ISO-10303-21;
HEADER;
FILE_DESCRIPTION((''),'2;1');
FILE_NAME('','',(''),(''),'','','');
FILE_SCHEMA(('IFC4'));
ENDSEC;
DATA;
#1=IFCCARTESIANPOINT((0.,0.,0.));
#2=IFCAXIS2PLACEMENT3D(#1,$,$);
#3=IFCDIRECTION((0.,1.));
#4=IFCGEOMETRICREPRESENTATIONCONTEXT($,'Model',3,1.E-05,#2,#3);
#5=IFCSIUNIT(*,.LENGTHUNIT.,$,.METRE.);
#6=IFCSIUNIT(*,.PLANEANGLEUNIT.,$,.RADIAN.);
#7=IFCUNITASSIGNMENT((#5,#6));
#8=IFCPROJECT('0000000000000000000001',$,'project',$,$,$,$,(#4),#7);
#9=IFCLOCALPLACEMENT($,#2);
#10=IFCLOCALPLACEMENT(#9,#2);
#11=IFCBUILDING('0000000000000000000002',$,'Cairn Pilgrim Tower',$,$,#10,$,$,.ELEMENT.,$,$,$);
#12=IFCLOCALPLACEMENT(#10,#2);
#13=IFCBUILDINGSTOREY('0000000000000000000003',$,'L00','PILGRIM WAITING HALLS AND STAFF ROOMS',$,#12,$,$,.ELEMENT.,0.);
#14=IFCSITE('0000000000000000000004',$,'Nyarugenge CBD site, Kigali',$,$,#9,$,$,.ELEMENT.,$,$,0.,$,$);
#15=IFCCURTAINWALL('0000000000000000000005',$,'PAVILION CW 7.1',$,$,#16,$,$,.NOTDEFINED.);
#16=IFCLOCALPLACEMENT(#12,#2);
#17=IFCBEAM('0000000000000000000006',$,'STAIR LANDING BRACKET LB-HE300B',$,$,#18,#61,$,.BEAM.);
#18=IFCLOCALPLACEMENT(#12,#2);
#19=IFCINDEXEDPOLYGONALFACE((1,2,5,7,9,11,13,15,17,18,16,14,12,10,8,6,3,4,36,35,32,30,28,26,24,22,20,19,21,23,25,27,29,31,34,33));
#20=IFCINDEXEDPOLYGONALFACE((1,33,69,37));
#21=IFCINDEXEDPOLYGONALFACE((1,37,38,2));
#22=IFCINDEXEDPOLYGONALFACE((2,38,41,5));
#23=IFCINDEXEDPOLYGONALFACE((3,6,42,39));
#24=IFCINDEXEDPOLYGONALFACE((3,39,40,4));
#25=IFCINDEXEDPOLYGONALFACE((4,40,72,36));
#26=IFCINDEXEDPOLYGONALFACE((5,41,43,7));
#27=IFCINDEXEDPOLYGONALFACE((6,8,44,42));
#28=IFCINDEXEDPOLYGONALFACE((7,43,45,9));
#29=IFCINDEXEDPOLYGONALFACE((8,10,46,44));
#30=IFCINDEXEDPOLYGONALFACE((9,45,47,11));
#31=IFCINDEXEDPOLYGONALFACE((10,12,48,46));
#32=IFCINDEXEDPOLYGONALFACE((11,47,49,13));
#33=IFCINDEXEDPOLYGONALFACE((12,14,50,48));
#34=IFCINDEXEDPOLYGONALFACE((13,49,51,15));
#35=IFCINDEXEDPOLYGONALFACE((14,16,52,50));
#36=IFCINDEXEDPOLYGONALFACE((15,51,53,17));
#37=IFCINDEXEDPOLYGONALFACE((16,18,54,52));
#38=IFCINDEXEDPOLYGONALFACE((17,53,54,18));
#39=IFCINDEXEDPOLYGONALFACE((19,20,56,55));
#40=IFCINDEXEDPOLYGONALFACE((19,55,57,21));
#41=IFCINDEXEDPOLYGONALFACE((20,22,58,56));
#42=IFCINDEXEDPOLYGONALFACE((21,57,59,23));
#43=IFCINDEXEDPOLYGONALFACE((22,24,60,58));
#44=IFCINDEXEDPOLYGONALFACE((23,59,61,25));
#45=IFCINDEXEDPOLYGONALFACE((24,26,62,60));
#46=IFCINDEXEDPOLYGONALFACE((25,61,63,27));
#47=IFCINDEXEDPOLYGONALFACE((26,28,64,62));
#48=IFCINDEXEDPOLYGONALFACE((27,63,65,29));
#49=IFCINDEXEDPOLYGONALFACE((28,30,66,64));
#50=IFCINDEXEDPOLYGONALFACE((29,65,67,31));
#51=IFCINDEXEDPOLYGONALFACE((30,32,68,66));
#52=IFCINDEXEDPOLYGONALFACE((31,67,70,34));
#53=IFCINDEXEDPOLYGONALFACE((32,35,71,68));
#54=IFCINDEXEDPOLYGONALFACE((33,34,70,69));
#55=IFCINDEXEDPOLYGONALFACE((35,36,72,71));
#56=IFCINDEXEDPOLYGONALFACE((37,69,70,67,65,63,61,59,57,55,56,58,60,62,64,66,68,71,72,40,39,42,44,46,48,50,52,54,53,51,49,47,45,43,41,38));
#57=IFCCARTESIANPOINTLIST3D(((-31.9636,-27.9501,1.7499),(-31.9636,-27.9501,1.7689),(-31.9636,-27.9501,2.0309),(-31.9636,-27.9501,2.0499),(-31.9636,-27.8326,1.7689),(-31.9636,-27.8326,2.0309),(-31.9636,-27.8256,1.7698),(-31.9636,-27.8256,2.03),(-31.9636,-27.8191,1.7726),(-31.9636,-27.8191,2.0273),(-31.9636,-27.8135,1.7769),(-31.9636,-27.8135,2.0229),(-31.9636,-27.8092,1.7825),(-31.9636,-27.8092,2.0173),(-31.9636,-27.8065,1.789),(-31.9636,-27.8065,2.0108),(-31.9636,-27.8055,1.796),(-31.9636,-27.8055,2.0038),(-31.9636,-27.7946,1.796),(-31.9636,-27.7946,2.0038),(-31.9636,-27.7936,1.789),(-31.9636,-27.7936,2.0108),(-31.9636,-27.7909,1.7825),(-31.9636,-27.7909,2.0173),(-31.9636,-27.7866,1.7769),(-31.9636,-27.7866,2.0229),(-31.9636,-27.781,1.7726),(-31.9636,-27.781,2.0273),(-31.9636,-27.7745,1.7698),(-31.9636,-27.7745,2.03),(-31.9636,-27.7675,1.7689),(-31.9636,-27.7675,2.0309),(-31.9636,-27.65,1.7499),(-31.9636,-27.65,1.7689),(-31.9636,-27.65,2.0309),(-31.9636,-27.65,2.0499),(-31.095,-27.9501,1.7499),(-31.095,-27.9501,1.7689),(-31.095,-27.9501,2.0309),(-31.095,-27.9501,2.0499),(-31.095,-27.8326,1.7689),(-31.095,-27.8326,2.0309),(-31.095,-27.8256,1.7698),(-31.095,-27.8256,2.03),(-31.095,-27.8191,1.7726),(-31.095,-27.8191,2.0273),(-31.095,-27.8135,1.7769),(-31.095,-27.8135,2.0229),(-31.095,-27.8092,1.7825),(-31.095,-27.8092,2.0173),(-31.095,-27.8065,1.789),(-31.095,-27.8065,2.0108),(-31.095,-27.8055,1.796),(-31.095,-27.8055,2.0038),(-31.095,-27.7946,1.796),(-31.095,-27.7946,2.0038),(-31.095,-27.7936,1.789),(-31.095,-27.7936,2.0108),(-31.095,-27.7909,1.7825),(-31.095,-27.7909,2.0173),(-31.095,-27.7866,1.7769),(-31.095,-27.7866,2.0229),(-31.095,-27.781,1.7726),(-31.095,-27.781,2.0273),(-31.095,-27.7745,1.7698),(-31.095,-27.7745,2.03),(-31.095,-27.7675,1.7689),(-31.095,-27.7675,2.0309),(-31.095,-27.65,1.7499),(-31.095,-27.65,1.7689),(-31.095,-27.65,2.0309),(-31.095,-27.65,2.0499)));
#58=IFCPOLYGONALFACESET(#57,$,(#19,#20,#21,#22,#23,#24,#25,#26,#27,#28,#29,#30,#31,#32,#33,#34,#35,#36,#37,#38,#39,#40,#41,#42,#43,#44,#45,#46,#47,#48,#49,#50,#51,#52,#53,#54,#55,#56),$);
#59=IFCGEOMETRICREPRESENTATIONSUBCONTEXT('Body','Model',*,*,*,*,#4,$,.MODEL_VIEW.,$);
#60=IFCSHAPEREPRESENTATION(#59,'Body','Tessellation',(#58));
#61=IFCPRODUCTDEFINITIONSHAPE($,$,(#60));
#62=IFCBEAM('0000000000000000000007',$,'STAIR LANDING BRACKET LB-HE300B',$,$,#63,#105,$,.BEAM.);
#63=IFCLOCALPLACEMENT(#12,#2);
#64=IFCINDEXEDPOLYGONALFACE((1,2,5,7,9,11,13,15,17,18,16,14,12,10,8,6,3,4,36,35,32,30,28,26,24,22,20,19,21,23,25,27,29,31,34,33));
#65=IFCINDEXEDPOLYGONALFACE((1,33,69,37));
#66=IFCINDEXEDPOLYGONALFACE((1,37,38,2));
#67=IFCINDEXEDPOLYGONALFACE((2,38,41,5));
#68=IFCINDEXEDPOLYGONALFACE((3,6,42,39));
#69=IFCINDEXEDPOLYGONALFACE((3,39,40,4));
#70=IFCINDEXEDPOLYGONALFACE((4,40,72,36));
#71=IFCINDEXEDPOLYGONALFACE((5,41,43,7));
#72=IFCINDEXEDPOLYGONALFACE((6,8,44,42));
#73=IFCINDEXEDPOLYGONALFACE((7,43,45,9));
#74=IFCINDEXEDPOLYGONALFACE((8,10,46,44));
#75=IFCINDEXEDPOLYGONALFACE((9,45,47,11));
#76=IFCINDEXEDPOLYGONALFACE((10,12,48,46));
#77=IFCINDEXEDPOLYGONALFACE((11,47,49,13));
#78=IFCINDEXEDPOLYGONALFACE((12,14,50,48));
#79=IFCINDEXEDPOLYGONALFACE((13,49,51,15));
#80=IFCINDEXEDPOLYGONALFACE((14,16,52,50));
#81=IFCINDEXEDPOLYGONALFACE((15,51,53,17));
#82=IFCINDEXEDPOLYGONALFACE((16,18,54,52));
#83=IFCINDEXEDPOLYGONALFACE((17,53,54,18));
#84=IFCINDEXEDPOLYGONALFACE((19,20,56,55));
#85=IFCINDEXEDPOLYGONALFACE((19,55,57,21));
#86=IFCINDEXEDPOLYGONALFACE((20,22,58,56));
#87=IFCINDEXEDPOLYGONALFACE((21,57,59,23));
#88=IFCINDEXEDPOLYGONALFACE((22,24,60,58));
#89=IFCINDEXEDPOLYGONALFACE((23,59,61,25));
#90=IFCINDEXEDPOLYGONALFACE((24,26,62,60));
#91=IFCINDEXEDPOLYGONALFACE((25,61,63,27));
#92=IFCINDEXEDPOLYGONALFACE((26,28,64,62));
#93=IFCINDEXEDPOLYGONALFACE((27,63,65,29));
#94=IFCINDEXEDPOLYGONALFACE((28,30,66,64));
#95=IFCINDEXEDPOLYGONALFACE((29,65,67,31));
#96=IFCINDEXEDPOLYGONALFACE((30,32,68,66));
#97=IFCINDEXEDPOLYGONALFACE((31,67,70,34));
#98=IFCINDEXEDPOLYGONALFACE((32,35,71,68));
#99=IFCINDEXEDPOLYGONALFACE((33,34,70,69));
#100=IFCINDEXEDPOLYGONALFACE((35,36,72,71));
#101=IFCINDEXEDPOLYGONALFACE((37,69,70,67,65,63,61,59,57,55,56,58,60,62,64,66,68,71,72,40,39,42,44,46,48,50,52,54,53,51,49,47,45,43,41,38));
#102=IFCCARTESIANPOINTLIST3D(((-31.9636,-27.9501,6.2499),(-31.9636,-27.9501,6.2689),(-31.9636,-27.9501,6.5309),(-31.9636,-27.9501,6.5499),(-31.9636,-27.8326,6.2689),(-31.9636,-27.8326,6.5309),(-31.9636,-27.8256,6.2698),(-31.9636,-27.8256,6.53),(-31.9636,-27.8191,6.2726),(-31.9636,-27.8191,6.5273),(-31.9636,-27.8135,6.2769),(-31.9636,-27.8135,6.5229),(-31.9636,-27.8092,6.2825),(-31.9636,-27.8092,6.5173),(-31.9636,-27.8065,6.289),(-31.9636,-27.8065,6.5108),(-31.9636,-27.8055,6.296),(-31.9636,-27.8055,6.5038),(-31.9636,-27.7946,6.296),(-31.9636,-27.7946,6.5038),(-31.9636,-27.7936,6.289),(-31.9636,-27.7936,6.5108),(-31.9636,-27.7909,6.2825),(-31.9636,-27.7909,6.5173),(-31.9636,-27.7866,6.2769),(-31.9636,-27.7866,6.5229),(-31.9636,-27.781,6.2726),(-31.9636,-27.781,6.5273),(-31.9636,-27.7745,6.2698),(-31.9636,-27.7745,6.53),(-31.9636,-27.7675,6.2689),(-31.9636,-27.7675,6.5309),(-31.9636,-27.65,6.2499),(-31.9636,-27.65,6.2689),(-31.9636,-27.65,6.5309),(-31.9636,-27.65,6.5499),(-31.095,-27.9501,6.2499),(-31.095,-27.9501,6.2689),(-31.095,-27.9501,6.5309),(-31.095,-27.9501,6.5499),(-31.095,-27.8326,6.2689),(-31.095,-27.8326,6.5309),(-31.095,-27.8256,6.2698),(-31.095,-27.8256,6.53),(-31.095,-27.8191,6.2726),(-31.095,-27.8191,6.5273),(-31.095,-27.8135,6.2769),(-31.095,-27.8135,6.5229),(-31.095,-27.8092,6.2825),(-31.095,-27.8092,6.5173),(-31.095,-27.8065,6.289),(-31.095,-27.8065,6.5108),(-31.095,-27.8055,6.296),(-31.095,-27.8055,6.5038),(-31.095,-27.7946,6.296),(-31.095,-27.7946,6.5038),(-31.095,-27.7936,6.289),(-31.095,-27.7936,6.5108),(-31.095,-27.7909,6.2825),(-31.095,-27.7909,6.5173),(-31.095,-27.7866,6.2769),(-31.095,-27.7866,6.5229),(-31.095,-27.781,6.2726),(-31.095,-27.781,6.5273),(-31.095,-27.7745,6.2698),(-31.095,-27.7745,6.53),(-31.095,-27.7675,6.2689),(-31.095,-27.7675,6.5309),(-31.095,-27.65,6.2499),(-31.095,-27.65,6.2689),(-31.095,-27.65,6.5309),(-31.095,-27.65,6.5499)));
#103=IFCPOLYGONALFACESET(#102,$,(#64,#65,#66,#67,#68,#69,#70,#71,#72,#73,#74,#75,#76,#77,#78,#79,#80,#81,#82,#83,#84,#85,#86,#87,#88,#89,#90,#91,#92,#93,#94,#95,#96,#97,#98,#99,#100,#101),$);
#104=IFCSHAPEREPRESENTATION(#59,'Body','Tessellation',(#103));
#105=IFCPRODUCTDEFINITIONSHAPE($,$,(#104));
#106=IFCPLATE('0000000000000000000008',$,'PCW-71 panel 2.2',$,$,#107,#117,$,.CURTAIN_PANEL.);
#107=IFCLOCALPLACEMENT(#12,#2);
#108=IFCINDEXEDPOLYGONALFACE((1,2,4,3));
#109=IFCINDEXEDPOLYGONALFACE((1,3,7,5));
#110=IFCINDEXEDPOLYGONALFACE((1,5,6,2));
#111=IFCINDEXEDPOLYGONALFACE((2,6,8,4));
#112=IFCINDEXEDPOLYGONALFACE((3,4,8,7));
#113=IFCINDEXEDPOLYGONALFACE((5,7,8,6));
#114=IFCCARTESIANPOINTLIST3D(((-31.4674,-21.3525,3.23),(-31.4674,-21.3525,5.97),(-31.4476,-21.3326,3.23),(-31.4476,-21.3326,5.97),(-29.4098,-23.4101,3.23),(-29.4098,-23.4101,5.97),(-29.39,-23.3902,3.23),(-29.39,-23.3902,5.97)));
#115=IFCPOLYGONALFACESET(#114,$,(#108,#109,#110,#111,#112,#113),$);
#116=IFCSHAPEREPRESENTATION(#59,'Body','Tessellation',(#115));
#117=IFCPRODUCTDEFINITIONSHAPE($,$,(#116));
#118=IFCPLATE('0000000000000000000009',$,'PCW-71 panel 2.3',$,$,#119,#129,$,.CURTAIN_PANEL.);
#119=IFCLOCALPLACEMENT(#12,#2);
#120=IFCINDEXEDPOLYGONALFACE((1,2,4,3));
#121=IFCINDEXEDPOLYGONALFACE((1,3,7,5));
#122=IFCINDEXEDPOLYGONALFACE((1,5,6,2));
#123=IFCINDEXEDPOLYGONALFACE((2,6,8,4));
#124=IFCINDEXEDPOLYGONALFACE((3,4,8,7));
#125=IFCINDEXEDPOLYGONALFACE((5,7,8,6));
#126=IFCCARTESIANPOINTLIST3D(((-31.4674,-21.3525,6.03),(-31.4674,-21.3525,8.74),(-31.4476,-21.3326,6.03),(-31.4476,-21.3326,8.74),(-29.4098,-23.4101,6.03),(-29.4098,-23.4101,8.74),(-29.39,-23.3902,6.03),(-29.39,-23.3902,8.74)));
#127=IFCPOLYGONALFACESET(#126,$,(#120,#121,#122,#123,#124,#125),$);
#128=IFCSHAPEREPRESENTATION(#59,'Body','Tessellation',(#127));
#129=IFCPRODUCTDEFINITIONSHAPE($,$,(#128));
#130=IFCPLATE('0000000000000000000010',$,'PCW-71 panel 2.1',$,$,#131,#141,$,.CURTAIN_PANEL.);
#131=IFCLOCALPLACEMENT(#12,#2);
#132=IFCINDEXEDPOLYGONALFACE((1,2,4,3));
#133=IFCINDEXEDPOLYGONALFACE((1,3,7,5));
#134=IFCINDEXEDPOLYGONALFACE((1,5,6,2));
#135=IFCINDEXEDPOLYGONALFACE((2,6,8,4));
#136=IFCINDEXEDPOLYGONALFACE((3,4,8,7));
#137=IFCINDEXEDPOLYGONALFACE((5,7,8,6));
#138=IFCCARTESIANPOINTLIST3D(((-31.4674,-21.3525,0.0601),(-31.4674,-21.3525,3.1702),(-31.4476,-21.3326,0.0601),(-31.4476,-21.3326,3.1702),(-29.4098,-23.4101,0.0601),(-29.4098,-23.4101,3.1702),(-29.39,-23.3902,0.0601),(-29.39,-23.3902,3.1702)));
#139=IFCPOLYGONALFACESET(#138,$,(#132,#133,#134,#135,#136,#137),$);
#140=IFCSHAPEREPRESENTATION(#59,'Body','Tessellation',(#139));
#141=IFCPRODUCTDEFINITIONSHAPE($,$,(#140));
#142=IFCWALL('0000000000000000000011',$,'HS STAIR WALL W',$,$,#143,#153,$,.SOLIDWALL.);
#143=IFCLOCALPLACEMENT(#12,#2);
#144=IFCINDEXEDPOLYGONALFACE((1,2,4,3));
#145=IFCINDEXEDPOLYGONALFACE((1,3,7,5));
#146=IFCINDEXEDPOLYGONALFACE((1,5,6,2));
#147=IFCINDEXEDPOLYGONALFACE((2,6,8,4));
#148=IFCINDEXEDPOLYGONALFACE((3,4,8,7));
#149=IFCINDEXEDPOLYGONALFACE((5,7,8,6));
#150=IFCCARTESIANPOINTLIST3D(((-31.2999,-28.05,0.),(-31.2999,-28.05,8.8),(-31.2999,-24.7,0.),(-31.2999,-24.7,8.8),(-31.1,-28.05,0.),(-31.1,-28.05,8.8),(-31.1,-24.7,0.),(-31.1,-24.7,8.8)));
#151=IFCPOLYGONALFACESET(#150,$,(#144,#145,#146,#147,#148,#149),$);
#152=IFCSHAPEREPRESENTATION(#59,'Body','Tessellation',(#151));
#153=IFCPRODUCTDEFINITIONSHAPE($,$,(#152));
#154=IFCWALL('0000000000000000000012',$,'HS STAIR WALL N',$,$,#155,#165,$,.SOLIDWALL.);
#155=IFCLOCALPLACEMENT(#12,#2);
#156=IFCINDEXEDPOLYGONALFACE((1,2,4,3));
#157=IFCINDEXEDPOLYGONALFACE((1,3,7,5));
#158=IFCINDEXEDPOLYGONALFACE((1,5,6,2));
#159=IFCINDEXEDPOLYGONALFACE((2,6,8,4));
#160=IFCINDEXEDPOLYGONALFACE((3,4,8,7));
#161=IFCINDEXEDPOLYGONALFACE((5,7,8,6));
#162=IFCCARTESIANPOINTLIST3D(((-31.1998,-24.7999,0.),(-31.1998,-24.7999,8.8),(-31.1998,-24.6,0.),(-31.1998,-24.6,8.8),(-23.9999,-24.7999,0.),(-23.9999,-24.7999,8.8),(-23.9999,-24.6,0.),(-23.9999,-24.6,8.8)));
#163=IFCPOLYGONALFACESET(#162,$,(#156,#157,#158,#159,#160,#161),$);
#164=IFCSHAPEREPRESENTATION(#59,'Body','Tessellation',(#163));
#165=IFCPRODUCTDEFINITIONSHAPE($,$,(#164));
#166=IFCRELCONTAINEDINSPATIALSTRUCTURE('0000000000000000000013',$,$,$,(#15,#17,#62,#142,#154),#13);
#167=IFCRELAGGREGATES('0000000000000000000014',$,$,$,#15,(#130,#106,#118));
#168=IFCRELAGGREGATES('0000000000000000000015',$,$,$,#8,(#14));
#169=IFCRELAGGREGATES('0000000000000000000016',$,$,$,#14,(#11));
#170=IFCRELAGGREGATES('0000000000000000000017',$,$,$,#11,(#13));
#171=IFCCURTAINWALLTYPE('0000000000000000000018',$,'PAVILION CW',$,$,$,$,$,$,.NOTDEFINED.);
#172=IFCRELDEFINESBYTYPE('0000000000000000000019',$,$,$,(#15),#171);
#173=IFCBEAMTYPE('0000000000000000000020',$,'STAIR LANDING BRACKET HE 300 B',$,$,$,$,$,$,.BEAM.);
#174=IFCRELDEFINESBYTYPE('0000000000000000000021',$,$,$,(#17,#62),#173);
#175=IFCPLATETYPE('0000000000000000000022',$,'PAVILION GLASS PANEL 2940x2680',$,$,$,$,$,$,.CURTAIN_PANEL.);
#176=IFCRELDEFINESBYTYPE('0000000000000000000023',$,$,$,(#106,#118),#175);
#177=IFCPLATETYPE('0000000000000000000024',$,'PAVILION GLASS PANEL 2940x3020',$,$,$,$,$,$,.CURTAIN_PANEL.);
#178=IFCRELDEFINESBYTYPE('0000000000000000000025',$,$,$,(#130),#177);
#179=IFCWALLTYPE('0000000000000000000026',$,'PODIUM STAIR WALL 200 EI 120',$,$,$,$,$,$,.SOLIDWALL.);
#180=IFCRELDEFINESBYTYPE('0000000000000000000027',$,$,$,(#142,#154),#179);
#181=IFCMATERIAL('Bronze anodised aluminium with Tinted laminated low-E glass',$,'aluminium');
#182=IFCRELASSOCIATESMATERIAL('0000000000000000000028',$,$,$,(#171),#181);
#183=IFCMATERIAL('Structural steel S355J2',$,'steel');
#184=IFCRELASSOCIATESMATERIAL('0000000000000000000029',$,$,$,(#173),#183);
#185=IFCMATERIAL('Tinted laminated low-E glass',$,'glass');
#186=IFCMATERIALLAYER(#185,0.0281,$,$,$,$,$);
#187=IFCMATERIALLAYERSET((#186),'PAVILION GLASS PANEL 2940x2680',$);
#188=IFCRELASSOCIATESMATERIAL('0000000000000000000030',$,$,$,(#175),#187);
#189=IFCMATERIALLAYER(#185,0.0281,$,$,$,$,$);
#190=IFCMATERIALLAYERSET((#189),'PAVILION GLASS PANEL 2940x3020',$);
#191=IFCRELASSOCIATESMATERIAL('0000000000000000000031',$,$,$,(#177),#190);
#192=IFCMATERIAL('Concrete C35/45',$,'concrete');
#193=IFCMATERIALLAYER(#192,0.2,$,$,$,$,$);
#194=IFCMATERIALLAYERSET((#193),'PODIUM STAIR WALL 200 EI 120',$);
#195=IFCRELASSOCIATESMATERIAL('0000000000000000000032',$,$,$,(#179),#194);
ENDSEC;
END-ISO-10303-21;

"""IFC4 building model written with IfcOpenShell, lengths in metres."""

from ifc_helpers import new_model, si_unit, direction, frame, frame_2d, origin, origin_2d, place, context, subcontext, project, spatial, rectangle, i_section, extrude, material, layer, layer_set, material_profile, profile_set, type_object, element, aggregate, save


model = new_model("IFC4")

# Units and contexts
model_context = context("Model", 3, precision=1e-05, world=origin(), true_north=direction((0.0, 1.0)))
body_context = subcontext(model_context, "Body", "Model", "MODEL_VIEW")
ifc_project = project(units=[si_unit("LENGTHUNIT", "METRE"), si_unit("PLANEANGLEUNIT", "RADIAN")], contexts=[model_context])

# Site, building, storey
site_placement = place(None, origin())
site = spatial("IfcSite", under=ifc_project, at=site_placement, Name="Nyarugenge CBD site, Kigali", CompositionType="ELEMENT", RefElevation=0.0)
building_placement = place(site_placement, origin())
building = spatial("IfcBuilding", under=site, at=building_placement, Name="Cairn Pilgrim Tower", CompositionType="ELEMENT")
storey_placement = place(building_placement, origin())
storey = spatial("IfcBuildingStorey", under=building, at=storey_placement, Name="L00", Description="PILGRIM WAITING HALLS AND STAFF ROOMS", CompositionType="ELEMENT", Elevation=0.0)

# Shared definitions
ifc_material_1 = material(Name="Concrete C35/45", Category="concrete")

# Shared definitions
ifc_material_2 = material(Name="Structural steel S355J2", Category="steel")

# Curtain wall
ifc_material_3 = material(Name="Bronze anodised aluminium with Tinted laminated low-E glass", Category="aluminium")
curtain_wall_type = type_object("IfcCurtainWallType", Name="PAVILION CW", PredefinedType="NOTDEFINED", material=ifc_material_3)
curtain_wall_placement = place(storey_placement, origin())
curtain_wall = element("IfcCurtainWall", 1, at=curtain_wall_placement, inside=storey, type_object=curtain_wall_type, Name="PAVILION CW 7.1", PredefinedType="NOTDEFINED")

# Beams
ifc_material_profile_1 = material_profile(ifc_material_2, i_section(OverallWidth=0.3, OverallDepth=0.3, WebThickness=0.011, FlangeThickness=0.019, FilletRadius=0.0271, at=origin_2d()), Name="HE 300 B")
ifc_profile_set_1 = profile_set([ifc_material_profile_1], Name="Structural steel S355J2")
beam_type = type_object("IfcBeamType", Name="STAIR LANDING BRACKET HE 300 B", PredefinedType="BEAM", material=ifc_profile_set_1)
for number, where, z_axis, x_axis, name in (
    (2, (-31.9636, -27.8, 1.8999), (1.0, 0.0, 0.0), (0.0, 1.0, 0.0), "STAIR LANDING BRACKET LB-HE300B"),
    (3, (-31.9636, -27.8, 6.3999), (1.0, 0.0, 0.0), (0.0, 1.0, 0.0), "STAIR LANDING BRACKET LB-HE300B"),
):
    element("IfcBeam", number, at=place(storey_placement, frame(where, z_axis=z_axis, x_axis=x_axis)), inside=storey, type_object=beam_type, Name=name, PredefinedType="BEAM", context=body_context, shape_type="SweptSolid", body=[
        extrude(i_section(OverallWidth=0.3, OverallDepth=0.3, WebThickness=0.011, FlangeThickness=0.019, FilletRadius=0.0271, at=origin_2d()), origin(), (0.0, 0.0, 1.0), 0.8687),
    ])

# Plates
ifc_material_4 = material(Name="Tinted laminated low-E glass", Category="glass")
ifc_layer_1 = layer(ifc_material_4, 0.0281)
ifc_layer_set_1 = layer_set([ifc_layer_1], Name="PAVILION GLASS PANEL 2940x2680")
plate_type_1 = type_object("IfcPlateType", Name="PAVILION GLASS PANEL 2940x2680", PredefinedType="CURTAIN_PANEL", material=ifc_layer_set_1)
plate_1_placement = place(storey_placement, frame((-30.4287, -22.3713, 3.23), z_axis=(0.0, 0.0, 1.0), x_axis=(0.707107, -0.707107, 0.0)))
plate_1 = element("IfcPlate", 4, at=plate_1_placement, type_object=plate_type_1, Name="PCW-71 panel 2.2", PredefinedType="CURTAIN_PANEL", context=body_context, shape_type="SweptSolid", body=[
    extrude(rectangle(XDim=2.9099, YDim=0.0281, at=origin_2d()), origin(), (0.0, 0.0, 1.0), 2.74),
])
plate_2_placement = place(storey_placement, frame((-30.4287, -22.3713, 6.03), z_axis=(0.0, 0.0, 1.0), x_axis=(0.707107, -0.707107, 0.0)))
plate_2 = element("IfcPlate", 5, at=plate_2_placement, type_object=plate_type_1, Name="PCW-71 panel 2.3", PredefinedType="CURTAIN_PANEL", context=body_context, shape_type="SweptSolid", body=[
    extrude(rectangle(XDim=2.9099, YDim=0.0281, at=origin_2d()), origin(), (0.0, 0.0, 1.0), 2.71),
])
ifc_layer_2 = layer(ifc_material_4, 0.0281)
ifc_layer_set_2 = layer_set([ifc_layer_2], Name="PAVILION GLASS PANEL 2940x3020")
plate_type_2 = type_object("IfcPlateType", Name="PAVILION GLASS PANEL 2940x3020", PredefinedType="CURTAIN_PANEL", material=ifc_layer_set_2)
plate_3_placement = place(storey_placement, frame((-30.4287, -22.3713, 0.0601), z_axis=(0.0, 0.0, 1.0), x_axis=(0.707107, -0.707107, 0.0)))
plate_3 = element("IfcPlate", 6, at=plate_3_placement, type_object=plate_type_2, Name="PCW-71 panel 2.1", PredefinedType="CURTAIN_PANEL", context=body_context, shape_type="SweptSolid", body=[
    extrude(rectangle(XDim=2.9099, YDim=0.0281, at=origin_2d()), origin(), (0.0, 0.0, 1.0), 3.1101),
])
aggregate(curtain_wall, [plate_3, plate_1, plate_2])

# Walls
ifc_layer_3 = layer(ifc_material_1, 0.2)
ifc_layer_set_3 = layer_set([ifc_layer_3], Name="PODIUM STAIR WALL 200 EI 120")
wall_type = type_object("IfcWallType", Name="PODIUM STAIR WALL 200 EI 120", PredefinedType="SOLIDWALL", material=ifc_layer_set_3)
wall_1_placement = place(storey_placement, frame((-31.2, -28.05, 0.0), z_axis=(0.0, 0.0, 1.0), x_axis=(0.0, 1.0, 0.0)))
element("IfcWall", 7, at=wall_1_placement, inside=storey, type_object=wall_type, Name="HS STAIR WALL W", PredefinedType="SOLIDWALL", context=body_context, shape_type="SweptSolid", body=[
    extrude(rectangle(XDim=3.3501, YDim=0.2, at=frame_2d((1.675, 0.0))), origin(), (0.0, 0.0, 1.0), 8.8),
])
wall_2_placement = place(storey_placement, frame((-31.2, -24.7, 0.0), z_axis=(0.0, 0.0, 1.0), x_axis=(1.0, 0.0, 0.0)))
element("IfcWall", 8, at=wall_2_placement, inside=storey, type_object=wall_type, Name="HS STAIR WALL N", PredefinedType="SOLIDWALL", context=body_context, shape_type="SweptSolid", body=[
    extrude(rectangle(XDim=7.2, YDim=0.2, at=frame_2d((3.6001, 0.0))), origin(), (0.0, 0.0, 1.0), 8.8),
])

save(model, "model.ifc")
